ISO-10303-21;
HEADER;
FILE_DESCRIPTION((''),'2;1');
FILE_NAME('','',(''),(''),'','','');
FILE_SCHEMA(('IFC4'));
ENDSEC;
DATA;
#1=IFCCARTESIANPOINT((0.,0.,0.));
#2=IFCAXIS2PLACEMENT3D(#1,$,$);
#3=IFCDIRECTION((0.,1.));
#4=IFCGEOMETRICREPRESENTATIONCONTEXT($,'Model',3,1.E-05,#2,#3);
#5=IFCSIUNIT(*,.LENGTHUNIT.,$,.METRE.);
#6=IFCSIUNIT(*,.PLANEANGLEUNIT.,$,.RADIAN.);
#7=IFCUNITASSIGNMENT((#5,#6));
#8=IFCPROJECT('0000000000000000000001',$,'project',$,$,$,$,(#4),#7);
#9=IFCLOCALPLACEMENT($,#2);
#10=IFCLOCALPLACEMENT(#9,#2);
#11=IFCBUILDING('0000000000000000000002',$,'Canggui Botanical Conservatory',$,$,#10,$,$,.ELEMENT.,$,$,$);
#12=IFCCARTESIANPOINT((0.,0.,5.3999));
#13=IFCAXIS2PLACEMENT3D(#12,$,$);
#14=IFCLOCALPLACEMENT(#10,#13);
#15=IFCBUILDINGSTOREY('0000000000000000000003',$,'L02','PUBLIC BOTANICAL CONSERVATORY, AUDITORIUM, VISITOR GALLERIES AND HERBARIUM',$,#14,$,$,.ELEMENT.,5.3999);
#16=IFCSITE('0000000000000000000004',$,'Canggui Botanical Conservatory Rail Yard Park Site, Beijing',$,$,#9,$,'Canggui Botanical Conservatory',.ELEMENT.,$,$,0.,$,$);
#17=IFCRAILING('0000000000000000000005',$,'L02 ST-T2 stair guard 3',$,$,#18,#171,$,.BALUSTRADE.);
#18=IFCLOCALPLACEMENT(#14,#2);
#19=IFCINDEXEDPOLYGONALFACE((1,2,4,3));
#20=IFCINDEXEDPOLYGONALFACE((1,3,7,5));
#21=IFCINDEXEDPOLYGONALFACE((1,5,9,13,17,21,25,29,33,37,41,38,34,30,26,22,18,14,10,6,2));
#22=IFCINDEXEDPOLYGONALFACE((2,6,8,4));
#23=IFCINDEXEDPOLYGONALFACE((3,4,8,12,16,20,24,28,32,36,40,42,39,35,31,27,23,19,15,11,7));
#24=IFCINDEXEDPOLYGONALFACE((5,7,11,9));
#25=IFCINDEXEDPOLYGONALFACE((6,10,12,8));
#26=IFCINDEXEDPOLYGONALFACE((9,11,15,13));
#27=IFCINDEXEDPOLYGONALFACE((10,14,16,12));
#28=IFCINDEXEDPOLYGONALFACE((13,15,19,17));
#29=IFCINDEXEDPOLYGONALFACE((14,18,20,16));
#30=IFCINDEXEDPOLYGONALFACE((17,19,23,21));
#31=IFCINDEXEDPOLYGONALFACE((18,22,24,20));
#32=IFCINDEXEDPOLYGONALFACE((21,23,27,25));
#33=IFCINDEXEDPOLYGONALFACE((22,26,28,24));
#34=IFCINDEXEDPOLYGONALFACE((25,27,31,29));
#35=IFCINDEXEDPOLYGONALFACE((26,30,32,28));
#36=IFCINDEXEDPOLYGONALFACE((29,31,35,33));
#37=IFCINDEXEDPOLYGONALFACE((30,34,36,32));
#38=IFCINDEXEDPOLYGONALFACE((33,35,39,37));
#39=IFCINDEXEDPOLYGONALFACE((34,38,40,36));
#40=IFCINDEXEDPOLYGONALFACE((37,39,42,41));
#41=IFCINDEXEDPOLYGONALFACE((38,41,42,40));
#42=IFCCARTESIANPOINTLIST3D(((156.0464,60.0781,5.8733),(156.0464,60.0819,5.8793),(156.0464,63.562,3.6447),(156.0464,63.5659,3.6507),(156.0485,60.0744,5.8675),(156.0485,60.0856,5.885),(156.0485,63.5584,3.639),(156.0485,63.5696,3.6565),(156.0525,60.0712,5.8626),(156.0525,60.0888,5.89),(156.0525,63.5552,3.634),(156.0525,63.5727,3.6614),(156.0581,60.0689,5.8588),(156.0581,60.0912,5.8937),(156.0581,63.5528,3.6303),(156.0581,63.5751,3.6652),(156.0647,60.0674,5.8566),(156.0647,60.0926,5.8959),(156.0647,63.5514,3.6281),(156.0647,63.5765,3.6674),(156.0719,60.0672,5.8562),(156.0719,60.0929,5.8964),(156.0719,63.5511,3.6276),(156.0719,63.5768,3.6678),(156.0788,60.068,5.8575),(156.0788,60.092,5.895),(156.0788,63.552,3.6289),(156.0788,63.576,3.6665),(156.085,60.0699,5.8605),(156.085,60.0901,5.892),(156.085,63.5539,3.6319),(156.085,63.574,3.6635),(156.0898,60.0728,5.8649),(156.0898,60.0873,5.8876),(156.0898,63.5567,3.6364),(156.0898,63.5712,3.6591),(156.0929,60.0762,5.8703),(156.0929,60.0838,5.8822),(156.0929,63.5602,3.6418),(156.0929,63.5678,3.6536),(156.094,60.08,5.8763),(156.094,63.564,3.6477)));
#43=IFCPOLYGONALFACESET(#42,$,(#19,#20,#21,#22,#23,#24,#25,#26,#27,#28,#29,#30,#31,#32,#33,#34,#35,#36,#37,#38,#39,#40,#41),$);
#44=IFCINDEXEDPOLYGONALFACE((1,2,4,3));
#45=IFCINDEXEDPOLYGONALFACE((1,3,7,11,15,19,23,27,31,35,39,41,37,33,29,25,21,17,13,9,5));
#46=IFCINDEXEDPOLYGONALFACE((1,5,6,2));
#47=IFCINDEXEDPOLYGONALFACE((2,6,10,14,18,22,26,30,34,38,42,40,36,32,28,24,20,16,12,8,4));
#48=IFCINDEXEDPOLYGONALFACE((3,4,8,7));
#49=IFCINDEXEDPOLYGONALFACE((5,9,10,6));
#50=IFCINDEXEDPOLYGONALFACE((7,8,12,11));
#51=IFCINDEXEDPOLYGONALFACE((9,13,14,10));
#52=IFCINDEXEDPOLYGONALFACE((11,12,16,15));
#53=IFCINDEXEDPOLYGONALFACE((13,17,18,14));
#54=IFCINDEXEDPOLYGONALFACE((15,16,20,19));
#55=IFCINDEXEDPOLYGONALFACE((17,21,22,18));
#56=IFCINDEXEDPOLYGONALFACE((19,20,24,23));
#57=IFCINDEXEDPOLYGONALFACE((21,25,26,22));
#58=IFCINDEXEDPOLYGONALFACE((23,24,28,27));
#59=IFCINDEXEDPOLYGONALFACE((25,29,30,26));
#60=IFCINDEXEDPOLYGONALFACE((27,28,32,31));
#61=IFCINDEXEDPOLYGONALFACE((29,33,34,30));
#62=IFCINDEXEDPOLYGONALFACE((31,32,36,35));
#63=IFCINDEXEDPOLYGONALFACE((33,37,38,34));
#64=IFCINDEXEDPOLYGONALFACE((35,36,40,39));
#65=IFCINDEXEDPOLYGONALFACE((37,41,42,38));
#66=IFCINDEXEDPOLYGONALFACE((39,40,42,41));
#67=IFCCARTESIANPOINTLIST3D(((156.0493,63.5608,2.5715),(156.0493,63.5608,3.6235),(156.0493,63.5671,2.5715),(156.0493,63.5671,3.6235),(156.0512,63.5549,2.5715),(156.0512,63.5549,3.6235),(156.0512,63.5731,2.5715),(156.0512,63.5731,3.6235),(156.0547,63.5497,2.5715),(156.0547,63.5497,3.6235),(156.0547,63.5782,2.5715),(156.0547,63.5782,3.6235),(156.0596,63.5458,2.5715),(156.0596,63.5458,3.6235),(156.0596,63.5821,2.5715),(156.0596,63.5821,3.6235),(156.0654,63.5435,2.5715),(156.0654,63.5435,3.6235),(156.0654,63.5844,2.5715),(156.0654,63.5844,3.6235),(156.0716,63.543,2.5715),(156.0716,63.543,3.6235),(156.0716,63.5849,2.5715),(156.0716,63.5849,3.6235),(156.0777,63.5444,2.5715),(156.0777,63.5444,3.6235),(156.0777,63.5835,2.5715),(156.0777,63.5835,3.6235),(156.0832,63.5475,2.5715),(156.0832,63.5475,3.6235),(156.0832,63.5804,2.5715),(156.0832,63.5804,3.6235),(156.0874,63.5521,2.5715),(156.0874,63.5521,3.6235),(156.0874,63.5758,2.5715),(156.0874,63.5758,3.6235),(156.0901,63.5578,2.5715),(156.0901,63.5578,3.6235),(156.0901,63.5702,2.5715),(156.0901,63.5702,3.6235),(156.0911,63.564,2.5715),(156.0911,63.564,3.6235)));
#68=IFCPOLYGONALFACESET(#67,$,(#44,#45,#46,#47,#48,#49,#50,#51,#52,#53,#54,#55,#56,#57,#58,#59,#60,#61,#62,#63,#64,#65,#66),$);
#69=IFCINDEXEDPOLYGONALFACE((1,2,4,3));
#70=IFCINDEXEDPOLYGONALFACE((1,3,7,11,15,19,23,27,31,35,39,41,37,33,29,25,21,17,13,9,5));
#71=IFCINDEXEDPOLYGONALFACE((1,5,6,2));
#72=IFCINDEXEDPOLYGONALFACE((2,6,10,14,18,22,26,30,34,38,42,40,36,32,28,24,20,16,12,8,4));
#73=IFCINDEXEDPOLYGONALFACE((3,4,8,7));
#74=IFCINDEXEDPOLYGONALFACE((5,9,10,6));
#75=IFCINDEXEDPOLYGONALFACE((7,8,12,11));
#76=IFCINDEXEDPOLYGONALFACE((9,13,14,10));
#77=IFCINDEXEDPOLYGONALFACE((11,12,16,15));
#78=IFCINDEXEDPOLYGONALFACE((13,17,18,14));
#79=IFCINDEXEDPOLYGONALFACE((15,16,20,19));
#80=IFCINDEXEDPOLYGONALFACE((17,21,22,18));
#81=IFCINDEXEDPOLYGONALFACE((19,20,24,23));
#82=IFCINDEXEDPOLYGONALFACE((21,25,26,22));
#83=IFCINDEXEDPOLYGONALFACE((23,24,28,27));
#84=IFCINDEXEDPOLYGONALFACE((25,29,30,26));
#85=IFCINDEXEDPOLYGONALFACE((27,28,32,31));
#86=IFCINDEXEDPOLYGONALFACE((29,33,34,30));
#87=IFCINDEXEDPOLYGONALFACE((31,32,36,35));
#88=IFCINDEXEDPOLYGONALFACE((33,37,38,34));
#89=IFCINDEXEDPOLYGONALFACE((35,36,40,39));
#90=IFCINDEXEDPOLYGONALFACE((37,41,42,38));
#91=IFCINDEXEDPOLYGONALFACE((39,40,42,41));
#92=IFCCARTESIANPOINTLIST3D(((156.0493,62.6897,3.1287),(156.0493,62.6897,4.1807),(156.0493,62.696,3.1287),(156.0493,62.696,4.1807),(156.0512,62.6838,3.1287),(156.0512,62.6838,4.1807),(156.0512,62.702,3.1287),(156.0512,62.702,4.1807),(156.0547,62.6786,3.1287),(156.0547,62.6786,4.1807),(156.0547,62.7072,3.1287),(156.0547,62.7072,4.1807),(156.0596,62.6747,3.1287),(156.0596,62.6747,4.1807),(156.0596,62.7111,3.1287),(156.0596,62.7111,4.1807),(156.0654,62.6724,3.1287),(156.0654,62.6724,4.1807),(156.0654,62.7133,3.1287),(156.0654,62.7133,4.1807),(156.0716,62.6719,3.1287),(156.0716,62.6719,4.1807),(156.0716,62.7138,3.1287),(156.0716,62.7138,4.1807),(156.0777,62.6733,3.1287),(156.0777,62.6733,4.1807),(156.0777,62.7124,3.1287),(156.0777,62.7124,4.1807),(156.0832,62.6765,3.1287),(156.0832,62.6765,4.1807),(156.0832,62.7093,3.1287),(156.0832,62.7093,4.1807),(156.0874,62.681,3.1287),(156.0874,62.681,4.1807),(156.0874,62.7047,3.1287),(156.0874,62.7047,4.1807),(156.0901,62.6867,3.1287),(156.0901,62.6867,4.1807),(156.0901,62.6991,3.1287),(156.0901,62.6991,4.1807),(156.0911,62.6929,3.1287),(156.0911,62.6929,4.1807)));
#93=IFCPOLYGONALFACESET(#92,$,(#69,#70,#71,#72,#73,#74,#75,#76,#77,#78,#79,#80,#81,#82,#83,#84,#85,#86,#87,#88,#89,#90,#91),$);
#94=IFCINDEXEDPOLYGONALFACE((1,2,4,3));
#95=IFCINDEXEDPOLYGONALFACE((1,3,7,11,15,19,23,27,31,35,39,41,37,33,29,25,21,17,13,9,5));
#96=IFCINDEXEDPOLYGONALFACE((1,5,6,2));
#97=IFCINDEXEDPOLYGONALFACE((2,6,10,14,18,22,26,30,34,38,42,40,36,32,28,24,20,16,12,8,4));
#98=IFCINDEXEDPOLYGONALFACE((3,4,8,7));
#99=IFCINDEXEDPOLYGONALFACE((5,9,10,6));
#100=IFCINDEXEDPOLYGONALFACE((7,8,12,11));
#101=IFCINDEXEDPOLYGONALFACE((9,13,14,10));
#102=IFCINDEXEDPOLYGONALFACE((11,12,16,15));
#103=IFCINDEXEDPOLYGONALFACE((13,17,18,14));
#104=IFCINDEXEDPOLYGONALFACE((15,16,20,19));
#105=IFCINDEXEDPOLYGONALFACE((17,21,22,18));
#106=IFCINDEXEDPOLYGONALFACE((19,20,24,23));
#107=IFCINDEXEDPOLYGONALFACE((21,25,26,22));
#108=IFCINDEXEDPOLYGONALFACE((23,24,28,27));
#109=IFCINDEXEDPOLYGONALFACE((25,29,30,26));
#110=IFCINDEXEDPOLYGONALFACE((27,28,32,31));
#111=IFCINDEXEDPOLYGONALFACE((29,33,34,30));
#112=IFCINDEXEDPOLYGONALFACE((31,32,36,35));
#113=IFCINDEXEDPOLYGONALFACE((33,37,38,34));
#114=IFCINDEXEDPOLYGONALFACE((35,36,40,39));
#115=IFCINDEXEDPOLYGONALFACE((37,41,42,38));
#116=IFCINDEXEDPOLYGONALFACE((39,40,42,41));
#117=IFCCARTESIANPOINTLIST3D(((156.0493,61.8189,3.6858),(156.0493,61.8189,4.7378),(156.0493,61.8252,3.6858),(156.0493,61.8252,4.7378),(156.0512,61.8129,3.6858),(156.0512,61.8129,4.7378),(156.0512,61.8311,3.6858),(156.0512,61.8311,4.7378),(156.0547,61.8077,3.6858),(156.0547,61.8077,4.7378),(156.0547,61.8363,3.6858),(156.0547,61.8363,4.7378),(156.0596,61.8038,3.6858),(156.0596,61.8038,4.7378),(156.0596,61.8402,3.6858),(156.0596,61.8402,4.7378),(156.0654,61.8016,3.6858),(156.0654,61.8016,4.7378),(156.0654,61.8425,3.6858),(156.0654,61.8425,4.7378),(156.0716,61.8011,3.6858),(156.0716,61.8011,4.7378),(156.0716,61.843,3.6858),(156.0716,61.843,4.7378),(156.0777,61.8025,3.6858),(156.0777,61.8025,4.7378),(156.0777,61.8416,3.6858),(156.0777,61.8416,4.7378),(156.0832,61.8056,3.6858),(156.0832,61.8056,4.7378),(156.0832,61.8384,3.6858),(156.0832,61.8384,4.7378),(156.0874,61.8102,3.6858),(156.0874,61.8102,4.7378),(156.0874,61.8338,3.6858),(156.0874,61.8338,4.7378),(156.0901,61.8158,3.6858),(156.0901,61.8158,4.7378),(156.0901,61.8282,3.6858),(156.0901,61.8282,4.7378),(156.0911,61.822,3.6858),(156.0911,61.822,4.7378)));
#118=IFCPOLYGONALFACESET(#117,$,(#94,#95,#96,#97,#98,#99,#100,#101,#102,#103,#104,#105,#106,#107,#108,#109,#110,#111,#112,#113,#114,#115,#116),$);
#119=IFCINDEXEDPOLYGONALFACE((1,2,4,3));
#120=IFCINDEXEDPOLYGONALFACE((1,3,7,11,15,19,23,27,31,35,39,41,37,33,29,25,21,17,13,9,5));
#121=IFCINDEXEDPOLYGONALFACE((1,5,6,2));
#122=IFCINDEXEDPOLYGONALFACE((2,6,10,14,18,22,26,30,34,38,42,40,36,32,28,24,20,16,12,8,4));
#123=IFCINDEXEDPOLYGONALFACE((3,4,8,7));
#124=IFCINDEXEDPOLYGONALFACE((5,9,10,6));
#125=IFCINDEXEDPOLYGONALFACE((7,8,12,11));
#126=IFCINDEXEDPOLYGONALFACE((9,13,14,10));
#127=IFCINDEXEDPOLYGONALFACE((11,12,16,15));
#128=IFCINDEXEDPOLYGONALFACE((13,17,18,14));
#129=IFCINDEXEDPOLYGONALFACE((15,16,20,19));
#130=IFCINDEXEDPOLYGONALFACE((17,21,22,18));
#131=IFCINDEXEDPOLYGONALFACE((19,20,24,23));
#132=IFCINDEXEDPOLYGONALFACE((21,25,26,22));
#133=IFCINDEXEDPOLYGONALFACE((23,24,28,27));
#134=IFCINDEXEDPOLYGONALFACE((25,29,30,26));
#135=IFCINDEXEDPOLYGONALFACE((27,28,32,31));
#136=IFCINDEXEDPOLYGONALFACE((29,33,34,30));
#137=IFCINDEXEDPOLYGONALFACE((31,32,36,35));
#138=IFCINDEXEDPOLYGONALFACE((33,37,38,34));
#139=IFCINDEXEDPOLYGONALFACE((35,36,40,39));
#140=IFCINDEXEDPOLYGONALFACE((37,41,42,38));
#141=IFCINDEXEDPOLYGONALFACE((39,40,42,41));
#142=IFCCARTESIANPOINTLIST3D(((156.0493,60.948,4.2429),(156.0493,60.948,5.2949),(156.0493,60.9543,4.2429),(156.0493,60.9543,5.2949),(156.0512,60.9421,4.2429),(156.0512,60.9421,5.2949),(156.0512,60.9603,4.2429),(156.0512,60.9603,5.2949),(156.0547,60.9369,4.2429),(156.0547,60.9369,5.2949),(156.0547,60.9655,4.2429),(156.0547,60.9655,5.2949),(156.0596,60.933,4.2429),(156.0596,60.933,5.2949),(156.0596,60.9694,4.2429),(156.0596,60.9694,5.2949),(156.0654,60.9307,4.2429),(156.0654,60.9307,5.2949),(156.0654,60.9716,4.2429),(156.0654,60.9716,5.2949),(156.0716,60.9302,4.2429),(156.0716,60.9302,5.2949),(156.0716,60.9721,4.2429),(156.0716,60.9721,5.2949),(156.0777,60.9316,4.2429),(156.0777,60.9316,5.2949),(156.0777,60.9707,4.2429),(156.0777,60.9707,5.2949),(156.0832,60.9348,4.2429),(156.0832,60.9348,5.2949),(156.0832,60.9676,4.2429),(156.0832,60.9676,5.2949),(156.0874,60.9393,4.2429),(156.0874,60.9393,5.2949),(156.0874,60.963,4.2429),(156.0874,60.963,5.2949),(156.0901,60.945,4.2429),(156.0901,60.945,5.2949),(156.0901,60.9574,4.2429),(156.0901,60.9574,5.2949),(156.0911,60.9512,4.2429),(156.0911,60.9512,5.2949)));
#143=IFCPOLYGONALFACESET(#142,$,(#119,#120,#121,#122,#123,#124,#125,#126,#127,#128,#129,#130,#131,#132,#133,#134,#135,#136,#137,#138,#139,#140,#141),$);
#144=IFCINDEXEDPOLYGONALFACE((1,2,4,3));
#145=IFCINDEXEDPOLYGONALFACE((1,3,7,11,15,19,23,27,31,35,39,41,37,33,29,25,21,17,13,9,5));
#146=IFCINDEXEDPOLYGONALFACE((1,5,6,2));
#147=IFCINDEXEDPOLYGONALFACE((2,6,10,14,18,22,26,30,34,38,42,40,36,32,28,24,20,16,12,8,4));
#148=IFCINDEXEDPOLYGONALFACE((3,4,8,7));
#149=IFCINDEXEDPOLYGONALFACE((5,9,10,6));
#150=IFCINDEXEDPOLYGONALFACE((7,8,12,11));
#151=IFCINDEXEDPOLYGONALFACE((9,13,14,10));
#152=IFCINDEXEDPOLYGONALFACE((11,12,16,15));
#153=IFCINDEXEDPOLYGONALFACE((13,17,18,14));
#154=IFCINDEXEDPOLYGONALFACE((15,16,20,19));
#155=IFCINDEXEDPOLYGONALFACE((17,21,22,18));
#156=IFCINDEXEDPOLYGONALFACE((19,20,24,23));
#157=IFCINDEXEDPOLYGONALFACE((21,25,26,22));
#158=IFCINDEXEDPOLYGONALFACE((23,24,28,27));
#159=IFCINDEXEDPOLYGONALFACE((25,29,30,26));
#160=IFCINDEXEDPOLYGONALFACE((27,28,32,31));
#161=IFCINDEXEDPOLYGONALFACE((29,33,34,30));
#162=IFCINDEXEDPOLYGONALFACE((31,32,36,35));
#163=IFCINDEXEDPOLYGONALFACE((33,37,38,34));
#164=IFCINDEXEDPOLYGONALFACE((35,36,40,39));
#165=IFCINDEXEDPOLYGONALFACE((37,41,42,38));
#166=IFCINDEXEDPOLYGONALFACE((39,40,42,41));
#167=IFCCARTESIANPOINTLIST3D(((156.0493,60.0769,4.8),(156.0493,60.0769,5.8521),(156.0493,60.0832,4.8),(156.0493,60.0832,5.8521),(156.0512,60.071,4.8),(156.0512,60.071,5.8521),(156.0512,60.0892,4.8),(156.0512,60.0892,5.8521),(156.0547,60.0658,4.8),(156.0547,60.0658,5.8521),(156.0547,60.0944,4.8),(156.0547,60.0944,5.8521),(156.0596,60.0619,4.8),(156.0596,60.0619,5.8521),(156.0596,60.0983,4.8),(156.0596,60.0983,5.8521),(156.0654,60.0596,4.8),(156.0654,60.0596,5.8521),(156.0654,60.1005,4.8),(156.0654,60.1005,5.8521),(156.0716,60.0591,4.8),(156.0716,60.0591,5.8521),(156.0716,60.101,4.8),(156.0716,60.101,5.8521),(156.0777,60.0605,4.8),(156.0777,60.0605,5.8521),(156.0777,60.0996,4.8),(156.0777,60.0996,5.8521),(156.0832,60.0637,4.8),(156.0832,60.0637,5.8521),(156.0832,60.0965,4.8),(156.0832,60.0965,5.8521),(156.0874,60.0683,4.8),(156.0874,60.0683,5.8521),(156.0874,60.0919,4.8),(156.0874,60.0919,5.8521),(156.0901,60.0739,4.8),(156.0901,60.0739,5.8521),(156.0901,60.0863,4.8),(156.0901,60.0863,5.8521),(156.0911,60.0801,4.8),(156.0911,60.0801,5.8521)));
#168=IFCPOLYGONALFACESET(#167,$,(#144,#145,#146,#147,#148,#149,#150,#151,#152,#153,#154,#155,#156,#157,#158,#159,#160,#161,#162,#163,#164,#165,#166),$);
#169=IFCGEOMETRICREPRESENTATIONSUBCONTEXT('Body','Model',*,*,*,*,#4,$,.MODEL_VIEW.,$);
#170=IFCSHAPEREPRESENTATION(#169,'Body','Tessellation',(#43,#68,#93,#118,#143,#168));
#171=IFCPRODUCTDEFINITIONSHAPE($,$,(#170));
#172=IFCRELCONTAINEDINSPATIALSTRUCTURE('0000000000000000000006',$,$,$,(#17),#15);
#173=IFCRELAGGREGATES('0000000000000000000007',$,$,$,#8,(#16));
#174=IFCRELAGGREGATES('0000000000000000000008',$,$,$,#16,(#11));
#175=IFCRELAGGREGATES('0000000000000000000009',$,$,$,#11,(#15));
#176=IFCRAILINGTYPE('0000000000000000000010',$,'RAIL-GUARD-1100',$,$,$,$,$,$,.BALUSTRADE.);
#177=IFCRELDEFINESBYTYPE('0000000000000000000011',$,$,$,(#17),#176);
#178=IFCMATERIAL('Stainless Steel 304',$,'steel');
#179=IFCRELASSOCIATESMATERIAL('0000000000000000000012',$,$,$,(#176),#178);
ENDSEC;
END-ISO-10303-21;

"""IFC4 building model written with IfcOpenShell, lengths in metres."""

from ifc_helpers import new_model, si_unit, direction, frame, origin, origin_2d, place, context, subcontext, project, spatial, circle, extrude, material, type_object, element, save


model = new_model("IFC4")

# Units and contexts
model_context = context("Model", 3, precision=1e-05, world=origin(), true_north=direction((0.0, 1.0)))
body_context = subcontext(model_context, "Body", "Model", "MODEL_VIEW")
ifc_project = project(units=[si_unit("LENGTHUNIT", "METRE"), si_unit("PLANEANGLEUNIT", "RADIAN")], contexts=[model_context])

# Site, building, storey
site_placement = place(None, origin())
site = spatial("IfcSite", under=ifc_project, at=site_placement, Name="Canggui Botanical Conservatory Rail Yard Park Site, Beijing", LongName="Canggui Botanical Conservatory", CompositionType="ELEMENT", RefElevation=0.0)
building_placement = place(site_placement, origin())
building = spatial("IfcBuilding", under=site, at=building_placement, Name="Canggui Botanical Conservatory", CompositionType="ELEMENT")
storey_placement = place(building_placement, frame((0.0, 0.0, 5.3999)))
storey = spatial("IfcBuildingStorey", under=building, at=storey_placement, Name="L02", Description="PUBLIC BOTANICAL CONSERVATORY, AUDITORIUM, VISITOR GALLERIES AND HERBARIUM", CompositionType="ELEMENT", Elevation=5.3999)

# Shared definitions
ifc_material_1 = material(Name="Stainless Steel 304", Category="steel")

# Railing
railing_type_1 = type_object("IfcRailingType", Name="RAIL-GUARD-1100", PredefinedType="BALUSTRADE", material=ifc_material_1)
railing_1_placement = place(storey_placement, frame((156.0701, 63.564, 2.5715)))
element("IfcRailing", 1, at=railing_1_placement, inside=storey, type_object=railing_type_1, Name="L02 ST-T2 stair guard 3", PredefinedType="BALUSTRADE", context=body_context, shape_type="SweptSolid", body=[
    extrude(circle(Radius=0.0239, at=origin_2d()), frame((0.0, 0.0, 1.0762), z_axis=(0.0, -0.8424, 0.538853), x_axis=(1.0, 0.0, 0.0)), (0.0, 0.0, 1.0), 4.1357),
    extrude(circle(Radius=0.021, at=origin_2d()), origin(), (0.0, 0.0, 1.0), 1.052),
    extrude(circle(Radius=0.021, at=origin_2d()), frame((0.0, -0.8711, 0.5571)), (0.0, 0.0, 1.0), 1.052),
    extrude(circle(Radius=0.021, at=origin_2d()), frame((0.0, -1.7419, 1.1143)), (0.0, 0.0, 1.0), 1.052),
    extrude(circle(Radius=0.021, at=origin_2d()), frame((0.0, -2.6128, 1.6714)), (0.0, 0.0, 1.0), 1.052),
    extrude(circle(Radius=0.021, at=origin_2d()), frame((0.0, -3.4839, 2.2285)), (0.0, 0.0, 1.0), 1.052),
])

save(model, "model.ifc")
